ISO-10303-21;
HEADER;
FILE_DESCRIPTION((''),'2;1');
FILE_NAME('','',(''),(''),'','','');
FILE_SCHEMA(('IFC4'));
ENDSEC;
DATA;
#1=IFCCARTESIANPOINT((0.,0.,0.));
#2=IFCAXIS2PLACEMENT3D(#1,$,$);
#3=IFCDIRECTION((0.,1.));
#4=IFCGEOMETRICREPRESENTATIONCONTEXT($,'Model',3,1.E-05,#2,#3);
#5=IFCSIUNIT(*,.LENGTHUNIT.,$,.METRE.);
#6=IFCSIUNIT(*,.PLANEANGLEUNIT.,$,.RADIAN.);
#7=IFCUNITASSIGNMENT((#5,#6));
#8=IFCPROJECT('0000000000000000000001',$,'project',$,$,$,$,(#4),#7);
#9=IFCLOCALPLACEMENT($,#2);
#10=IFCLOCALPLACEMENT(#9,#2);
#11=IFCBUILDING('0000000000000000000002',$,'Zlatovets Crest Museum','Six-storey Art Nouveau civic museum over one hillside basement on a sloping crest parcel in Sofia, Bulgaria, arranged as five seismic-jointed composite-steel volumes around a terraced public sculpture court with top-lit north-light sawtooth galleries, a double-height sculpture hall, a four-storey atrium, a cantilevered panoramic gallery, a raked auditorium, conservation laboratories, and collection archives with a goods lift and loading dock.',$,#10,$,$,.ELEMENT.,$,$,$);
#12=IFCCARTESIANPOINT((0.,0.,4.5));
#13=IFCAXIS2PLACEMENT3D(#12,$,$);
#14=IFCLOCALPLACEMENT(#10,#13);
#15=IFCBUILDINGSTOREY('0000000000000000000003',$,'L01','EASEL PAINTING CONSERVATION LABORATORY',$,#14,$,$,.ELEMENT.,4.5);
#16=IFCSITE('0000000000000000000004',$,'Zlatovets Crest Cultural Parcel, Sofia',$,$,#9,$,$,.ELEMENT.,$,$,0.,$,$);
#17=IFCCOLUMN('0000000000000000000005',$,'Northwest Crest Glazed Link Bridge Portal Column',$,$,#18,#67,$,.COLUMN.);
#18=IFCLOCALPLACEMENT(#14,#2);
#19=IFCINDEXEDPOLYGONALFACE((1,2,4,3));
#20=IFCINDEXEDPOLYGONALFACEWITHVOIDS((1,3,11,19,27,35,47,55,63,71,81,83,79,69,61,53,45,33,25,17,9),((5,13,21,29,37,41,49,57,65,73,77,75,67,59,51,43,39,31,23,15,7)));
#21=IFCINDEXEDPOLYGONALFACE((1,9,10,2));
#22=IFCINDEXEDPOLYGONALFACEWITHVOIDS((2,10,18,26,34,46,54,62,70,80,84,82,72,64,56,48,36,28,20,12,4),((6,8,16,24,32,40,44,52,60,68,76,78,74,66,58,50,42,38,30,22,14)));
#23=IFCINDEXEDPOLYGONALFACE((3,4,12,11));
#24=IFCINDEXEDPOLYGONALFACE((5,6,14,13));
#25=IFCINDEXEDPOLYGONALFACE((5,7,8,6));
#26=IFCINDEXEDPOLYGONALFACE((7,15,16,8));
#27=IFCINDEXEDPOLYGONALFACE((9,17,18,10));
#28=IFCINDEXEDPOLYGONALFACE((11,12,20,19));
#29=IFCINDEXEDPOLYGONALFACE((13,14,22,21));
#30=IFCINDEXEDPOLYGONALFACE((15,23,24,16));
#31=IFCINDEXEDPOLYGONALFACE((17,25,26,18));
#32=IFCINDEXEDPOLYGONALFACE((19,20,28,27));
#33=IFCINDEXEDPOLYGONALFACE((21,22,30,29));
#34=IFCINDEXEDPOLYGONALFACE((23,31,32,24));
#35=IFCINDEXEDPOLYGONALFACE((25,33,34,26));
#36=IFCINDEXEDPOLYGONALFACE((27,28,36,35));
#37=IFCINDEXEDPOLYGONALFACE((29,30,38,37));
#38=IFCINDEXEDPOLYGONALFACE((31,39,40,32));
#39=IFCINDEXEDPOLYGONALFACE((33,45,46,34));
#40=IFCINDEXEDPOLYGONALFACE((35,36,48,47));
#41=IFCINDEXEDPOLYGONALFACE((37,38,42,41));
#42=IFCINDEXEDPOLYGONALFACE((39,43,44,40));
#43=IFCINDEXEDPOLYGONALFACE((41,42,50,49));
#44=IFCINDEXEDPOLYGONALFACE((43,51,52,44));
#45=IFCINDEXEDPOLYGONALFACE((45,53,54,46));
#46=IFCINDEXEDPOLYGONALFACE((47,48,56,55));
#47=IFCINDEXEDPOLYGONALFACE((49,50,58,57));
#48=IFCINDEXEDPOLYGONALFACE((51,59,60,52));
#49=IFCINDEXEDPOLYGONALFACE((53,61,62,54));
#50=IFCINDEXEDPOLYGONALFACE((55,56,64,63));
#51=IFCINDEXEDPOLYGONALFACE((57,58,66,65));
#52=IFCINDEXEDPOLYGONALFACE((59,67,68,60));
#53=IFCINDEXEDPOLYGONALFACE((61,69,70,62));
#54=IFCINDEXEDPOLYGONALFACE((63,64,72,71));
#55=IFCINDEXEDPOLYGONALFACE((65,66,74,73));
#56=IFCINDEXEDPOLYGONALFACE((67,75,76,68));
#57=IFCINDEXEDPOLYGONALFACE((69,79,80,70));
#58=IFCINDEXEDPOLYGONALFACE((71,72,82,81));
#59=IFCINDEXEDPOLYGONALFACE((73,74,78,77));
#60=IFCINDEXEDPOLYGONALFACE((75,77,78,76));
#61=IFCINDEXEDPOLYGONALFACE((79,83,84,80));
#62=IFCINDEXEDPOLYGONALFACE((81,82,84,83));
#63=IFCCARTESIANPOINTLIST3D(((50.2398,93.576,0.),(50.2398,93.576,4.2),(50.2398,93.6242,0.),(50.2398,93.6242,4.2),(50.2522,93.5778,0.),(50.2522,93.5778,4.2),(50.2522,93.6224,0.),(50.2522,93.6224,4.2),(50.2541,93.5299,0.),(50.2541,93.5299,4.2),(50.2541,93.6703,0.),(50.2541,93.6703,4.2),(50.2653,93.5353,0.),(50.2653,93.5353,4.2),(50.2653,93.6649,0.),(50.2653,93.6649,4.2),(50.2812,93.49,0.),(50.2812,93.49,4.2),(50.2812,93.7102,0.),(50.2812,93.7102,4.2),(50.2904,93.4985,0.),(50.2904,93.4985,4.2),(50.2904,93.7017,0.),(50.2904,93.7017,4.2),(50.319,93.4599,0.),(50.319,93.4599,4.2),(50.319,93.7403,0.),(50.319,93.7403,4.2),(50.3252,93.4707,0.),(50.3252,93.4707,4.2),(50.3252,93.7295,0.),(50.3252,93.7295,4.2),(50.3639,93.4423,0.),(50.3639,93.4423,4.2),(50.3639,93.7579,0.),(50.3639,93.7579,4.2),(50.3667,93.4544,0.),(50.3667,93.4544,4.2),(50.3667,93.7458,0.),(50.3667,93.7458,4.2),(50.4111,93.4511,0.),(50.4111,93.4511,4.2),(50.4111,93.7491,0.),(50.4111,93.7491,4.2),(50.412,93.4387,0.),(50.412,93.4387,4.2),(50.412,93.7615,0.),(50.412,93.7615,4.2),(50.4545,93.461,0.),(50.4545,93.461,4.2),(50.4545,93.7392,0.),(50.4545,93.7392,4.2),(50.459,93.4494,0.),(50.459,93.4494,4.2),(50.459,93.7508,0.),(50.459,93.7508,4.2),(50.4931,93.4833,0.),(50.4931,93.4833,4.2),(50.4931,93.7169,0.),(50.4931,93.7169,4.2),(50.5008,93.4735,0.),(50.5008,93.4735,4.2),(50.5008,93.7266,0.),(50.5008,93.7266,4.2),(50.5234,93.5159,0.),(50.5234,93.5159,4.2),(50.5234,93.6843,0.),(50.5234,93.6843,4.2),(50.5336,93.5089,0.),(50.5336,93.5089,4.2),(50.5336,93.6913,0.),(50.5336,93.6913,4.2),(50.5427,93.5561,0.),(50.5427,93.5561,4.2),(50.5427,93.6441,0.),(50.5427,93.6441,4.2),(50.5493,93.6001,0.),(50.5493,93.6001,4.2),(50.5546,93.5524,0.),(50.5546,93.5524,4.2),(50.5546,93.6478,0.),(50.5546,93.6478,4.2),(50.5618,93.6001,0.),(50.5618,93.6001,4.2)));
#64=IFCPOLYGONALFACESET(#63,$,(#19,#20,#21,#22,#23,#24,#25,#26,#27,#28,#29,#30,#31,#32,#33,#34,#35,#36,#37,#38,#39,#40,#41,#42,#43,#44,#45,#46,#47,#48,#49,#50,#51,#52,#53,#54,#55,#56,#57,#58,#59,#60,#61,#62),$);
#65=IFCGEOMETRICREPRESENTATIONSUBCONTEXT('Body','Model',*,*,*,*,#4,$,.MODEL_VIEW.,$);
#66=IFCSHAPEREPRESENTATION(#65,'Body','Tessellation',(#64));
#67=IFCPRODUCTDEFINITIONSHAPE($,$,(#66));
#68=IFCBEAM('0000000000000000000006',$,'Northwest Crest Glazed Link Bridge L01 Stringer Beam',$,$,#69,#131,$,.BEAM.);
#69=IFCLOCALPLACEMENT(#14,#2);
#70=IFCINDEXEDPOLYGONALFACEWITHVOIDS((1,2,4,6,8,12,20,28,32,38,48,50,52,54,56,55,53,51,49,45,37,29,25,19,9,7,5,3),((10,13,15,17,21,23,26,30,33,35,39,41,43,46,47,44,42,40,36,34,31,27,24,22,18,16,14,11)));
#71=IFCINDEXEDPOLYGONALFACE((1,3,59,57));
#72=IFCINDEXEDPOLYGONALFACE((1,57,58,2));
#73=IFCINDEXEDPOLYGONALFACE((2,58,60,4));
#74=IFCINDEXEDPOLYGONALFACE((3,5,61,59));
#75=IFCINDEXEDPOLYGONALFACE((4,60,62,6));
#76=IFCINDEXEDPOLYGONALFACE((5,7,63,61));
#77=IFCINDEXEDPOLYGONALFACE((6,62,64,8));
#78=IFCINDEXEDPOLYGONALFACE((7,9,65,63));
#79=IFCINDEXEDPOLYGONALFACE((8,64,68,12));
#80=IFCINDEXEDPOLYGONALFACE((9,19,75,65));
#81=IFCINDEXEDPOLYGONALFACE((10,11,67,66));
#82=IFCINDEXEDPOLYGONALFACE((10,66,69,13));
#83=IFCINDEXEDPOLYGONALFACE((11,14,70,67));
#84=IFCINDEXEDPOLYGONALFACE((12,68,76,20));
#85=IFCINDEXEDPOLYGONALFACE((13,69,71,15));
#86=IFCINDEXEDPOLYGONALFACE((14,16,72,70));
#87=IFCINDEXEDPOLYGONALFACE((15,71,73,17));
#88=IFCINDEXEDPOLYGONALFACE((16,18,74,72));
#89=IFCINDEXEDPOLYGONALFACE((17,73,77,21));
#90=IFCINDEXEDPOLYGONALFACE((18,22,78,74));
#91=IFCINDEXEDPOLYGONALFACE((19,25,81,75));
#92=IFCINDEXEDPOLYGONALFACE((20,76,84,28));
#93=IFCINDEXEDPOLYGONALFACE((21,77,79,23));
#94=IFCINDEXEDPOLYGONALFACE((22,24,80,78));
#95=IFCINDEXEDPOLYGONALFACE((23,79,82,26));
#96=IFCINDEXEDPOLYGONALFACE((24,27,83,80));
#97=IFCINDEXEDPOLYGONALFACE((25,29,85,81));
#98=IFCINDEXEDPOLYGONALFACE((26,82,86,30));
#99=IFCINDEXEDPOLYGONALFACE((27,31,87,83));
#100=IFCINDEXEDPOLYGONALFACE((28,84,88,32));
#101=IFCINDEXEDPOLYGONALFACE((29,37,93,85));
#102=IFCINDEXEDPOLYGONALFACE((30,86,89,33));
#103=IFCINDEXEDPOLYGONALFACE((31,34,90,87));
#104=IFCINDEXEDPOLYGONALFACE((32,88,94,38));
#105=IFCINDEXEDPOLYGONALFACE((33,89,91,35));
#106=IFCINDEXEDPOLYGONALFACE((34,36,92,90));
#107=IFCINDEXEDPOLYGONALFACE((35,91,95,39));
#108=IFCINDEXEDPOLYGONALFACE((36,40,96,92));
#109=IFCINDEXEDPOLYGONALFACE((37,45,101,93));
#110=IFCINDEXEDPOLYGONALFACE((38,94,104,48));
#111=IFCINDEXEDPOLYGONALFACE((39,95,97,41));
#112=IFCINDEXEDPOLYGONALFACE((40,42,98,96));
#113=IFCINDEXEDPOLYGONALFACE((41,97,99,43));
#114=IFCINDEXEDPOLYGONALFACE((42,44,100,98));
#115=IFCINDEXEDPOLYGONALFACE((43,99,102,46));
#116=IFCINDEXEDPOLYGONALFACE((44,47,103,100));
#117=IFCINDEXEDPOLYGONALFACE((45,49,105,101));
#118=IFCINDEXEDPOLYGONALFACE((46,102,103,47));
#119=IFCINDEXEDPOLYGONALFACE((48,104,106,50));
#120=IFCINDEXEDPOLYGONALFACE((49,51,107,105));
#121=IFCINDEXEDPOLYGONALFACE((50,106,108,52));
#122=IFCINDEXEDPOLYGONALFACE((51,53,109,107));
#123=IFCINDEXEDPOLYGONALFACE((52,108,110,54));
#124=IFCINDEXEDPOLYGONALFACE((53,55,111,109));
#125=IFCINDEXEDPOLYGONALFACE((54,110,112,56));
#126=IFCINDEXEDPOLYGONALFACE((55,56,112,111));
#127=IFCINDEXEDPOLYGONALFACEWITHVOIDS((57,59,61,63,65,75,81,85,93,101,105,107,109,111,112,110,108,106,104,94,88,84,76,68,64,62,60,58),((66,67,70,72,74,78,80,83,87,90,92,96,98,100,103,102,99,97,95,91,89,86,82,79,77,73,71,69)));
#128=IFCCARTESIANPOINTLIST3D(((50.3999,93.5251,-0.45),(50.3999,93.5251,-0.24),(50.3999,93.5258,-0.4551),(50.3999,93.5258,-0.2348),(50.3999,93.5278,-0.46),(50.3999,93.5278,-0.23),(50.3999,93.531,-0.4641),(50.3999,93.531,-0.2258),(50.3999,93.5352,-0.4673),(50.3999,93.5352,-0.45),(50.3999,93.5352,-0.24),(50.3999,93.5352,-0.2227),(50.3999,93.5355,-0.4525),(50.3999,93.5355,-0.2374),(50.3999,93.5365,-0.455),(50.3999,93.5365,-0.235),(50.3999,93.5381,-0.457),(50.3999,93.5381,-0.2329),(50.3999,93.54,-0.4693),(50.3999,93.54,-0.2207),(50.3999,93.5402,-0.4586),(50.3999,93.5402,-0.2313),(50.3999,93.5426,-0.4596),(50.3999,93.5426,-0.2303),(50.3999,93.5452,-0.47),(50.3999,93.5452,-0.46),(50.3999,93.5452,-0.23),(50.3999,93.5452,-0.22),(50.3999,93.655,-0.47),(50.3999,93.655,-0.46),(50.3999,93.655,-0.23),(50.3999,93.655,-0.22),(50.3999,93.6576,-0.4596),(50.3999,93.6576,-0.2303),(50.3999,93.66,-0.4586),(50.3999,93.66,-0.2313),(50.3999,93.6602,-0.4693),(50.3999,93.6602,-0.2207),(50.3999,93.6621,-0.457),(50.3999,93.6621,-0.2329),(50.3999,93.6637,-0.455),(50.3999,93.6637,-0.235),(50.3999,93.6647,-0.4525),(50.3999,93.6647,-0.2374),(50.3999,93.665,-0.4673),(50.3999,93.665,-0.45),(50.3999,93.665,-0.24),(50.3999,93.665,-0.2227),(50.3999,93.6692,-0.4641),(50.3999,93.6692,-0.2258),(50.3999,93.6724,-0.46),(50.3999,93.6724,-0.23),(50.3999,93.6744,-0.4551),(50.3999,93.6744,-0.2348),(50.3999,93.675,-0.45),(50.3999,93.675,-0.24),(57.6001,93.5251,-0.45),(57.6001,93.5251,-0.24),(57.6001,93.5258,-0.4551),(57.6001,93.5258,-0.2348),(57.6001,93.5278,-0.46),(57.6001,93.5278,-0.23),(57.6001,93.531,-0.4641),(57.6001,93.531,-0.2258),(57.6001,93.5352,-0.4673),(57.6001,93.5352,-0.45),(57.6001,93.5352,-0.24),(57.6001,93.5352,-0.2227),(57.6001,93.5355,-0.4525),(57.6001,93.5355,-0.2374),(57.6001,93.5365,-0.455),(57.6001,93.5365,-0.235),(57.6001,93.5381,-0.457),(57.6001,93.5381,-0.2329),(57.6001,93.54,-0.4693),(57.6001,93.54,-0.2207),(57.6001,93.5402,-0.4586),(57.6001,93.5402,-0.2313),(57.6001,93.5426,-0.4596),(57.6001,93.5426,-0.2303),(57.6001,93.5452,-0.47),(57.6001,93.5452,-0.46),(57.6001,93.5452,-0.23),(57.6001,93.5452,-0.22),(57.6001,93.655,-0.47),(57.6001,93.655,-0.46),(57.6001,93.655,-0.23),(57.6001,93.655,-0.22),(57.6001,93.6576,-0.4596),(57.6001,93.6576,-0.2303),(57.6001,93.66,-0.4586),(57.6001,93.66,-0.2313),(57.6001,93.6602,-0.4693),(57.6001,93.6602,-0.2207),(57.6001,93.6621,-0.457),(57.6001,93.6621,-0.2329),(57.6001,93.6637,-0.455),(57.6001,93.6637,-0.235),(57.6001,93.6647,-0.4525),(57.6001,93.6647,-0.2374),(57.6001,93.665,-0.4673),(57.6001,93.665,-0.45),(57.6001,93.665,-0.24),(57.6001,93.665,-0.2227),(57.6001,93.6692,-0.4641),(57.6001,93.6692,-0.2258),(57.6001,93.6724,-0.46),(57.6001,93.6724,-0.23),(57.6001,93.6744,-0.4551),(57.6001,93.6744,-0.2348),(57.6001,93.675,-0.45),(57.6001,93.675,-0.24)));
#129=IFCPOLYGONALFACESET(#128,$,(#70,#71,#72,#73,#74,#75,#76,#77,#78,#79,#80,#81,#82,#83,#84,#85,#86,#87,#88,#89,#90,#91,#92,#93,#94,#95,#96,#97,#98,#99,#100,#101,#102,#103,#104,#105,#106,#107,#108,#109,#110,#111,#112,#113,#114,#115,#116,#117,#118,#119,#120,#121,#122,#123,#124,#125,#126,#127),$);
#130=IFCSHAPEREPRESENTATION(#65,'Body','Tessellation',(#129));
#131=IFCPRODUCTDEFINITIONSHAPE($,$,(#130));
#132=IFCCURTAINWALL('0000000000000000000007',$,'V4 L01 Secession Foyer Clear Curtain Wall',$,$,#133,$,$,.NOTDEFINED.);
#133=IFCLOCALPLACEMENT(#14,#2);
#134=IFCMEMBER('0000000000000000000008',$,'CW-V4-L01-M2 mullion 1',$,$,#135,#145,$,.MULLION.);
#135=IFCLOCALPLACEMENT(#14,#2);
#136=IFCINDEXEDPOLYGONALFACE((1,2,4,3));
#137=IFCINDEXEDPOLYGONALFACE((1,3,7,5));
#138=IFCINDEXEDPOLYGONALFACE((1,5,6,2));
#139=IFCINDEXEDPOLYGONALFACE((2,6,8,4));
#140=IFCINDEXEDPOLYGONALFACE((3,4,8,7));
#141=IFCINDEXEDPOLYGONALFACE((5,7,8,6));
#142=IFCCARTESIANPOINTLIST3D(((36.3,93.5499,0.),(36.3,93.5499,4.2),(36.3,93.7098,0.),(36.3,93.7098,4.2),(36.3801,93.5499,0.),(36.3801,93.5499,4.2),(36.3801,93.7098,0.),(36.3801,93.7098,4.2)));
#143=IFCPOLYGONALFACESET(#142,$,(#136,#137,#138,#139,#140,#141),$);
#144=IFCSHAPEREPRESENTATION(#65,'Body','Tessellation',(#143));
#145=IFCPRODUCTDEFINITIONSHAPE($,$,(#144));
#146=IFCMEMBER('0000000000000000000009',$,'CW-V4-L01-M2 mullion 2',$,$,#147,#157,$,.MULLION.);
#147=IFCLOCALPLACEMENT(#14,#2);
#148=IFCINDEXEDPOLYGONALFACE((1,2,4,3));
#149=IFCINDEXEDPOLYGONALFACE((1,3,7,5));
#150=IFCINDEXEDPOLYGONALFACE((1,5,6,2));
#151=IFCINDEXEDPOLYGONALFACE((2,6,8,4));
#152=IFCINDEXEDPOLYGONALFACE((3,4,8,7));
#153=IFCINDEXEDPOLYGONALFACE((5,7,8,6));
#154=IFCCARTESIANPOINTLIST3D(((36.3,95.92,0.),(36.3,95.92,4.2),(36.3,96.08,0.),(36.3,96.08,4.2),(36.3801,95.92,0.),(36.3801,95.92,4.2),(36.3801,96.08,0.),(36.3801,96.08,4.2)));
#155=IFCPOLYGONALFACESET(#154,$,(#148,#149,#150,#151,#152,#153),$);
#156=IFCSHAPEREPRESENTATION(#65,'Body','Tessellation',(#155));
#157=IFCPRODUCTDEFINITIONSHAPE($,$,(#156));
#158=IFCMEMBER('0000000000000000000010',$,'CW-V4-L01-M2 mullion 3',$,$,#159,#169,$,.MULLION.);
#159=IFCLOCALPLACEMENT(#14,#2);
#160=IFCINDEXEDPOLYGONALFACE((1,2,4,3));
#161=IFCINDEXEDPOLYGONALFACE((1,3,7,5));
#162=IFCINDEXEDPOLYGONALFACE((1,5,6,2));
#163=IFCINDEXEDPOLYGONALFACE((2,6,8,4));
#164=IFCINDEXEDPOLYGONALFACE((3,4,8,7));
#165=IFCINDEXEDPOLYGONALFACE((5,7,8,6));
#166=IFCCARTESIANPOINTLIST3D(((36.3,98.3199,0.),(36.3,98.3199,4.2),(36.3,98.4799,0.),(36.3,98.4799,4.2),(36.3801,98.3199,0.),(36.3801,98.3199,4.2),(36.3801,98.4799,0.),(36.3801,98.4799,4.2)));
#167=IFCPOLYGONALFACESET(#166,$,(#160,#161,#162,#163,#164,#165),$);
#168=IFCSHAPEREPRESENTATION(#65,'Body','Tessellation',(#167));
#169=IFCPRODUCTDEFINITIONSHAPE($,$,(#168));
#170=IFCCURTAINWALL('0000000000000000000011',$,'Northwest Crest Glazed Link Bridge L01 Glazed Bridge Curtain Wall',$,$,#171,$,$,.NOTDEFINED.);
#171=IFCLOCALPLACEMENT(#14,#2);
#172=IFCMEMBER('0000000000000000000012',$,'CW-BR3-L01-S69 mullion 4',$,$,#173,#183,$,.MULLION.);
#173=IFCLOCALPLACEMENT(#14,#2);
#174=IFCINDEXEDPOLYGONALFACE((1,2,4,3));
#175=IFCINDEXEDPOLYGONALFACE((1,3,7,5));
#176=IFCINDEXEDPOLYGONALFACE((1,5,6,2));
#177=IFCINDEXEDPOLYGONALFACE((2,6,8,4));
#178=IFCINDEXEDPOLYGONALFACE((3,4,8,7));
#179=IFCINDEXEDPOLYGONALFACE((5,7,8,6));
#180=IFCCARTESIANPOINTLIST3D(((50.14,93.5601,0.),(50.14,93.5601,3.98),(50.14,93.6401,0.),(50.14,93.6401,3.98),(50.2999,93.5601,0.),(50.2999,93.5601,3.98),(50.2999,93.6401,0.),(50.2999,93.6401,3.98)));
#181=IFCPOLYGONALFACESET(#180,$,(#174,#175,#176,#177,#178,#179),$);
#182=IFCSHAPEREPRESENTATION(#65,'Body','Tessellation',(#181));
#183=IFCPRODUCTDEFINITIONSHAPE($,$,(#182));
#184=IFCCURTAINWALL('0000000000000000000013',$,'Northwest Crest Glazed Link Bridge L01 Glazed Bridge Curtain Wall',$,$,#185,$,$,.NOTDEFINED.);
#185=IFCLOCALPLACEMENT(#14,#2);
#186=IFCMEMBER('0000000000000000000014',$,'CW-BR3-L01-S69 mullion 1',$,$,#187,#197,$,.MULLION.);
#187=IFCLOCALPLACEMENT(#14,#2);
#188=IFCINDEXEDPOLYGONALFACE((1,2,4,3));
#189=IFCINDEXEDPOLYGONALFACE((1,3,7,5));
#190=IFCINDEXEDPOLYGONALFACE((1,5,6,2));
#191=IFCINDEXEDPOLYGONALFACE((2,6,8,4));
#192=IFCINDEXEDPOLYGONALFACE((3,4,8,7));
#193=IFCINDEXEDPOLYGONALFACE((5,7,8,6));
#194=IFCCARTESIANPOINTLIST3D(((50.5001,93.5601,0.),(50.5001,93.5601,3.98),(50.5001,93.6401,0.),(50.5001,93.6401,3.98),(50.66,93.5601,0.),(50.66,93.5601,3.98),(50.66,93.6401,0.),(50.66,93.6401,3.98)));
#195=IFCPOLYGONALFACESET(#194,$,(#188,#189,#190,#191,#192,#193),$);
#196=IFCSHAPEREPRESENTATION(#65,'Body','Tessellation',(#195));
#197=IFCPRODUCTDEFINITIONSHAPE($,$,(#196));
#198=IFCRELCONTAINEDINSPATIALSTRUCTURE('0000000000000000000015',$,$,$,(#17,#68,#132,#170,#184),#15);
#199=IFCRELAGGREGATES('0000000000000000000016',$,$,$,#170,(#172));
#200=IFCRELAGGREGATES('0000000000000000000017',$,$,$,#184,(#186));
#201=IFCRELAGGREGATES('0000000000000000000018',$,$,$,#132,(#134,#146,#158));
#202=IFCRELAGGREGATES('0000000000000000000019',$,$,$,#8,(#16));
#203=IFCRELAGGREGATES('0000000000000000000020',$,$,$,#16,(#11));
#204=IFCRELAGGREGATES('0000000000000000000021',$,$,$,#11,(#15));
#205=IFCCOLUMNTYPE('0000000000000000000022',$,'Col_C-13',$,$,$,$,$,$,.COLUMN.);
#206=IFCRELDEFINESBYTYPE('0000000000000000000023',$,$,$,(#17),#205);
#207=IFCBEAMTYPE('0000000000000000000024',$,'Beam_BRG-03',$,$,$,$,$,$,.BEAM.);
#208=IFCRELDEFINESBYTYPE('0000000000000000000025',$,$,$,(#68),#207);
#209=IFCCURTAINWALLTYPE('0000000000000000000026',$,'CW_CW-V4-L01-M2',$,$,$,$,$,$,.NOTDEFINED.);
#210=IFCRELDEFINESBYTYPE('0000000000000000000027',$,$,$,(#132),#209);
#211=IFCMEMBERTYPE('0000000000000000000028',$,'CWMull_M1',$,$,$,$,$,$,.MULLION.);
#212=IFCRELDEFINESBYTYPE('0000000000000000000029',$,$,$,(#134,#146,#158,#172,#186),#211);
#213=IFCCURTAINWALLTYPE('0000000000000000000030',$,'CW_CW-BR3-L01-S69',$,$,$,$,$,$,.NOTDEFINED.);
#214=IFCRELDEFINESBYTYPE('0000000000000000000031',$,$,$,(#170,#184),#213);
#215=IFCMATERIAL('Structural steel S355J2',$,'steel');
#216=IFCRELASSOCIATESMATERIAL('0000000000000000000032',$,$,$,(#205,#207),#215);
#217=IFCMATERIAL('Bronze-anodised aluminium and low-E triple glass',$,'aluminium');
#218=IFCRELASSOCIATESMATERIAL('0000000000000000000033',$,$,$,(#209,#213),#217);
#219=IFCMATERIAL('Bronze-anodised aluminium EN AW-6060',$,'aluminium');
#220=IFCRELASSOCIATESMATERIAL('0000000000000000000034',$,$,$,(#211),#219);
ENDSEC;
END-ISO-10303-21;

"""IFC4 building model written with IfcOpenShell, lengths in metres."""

from ifc_helpers import new_model, si_unit, direction, frame, origin, origin_2d, place, context, subcontext, project, spatial, rectangle, hollow_rectangle, hollow_circle, extrude, material, material_profile, profile_set, type_object, element, aggregate, save


model = new_model("IFC4")

# Units and contexts
model_context = context("Model", 3, precision=1e-05, world=origin(), true_north=direction((0.0, 1.0)))
body_context = subcontext(model_context, "Body", "Model", "MODEL_VIEW")
ifc_project = project(units=[si_unit("LENGTHUNIT", "METRE"), si_unit("PLANEANGLEUNIT", "RADIAN")], contexts=[model_context])

# Site, building, storey
site_placement = place(None, origin())
site = spatial("IfcSite", under=ifc_project, at=site_placement, Name="Zlatovets Crest Cultural Parcel, Sofia", CompositionType="ELEMENT", RefElevation=0.0)
building_placement = place(site_placement, origin())
building = spatial("IfcBuilding", under=site, at=building_placement, Name="Zlatovets Crest Museum", Description="Six-storey Art Nouveau civic museum over one hillside basement on a sloping crest parcel in Sofia, Bulgaria, arranged as five seismic-jointed composite-steel volumes around a terraced public sculpture court with top-lit north-light sawtooth galleries, a double-height sculpture hall, a four-storey atrium, a cantilevered panoramic gallery, a raked auditorium, conservation laboratories, and collection archives with a goods lift and loading dock.", CompositionType="ELEMENT")
storey_placement = place(building_placement, frame((0.0, 0.0, 4.5)))
storey = spatial("IfcBuildingStorey", under=building, at=storey_placement, Name="L01", Description="EASEL PAINTING CONSERVATION LABORATORY", CompositionType="ELEMENT", Elevation=4.5)

# Column
ifc_material_1 = material(Name="Structural steel S355J2", Category="steel")
ifc_material_profile_1 = material_profile(ifc_material_1, hollow_circle(Radius=0.1619, WallThickness=0.0125, at=origin_2d()), Name="CHS 323.9x12.5")
ifc_profile_set_1 = profile_set([ifc_material_profile_1], Name="Structural steel S355J2")
column_type = type_object("IfcColumnType", Name="Col_C-13", PredefinedType="COLUMN", material=ifc_profile_set_1)
column_placement = place(storey_placement, frame((50.3999, 93.6001, 0.0), z_axis=(0.0, 0.0, 1.0), x_axis=(1.0, 0.0, 0.0)))
element("IfcColumn", 1, at=column_placement, inside=storey, type_object=column_type, Name="Northwest Crest Glazed Link Bridge Portal Column", PredefinedType="COLUMN", context=body_context, shape_type="SweptSolid", body=[
    extrude(hollow_circle(Radius=0.1619, WallThickness=0.0125, at=origin_2d()), origin(), (0.0, 0.0, 1.0), 4.2),
])

# Beam
ifc_material_profile_2 = material_profile(ifc_material_1, hollow_rectangle(XDim=0.1499, YDim=0.25, WallThickness=0.01, InnerFilletRadius=0.01, OuterFilletRadius=0.02, at=origin_2d()), Name="RHS 150x250x10.0")
ifc_profile_set_2 = profile_set([ifc_material_profile_2], Name="Structural steel S355J2")
beam_type = type_object("IfcBeamType", Name="Beam_BRG-03", PredefinedType="BEAM", material=ifc_profile_set_2)
beam_placement = place(storey_placement, frame((50.3999, 93.6001, -0.345), z_axis=(1.0, 0.0, 0.0), x_axis=(0.0, 1.0, 0.0)))
element("IfcBeam", 2, at=beam_placement, inside=storey, type_object=beam_type, Name="Northwest Crest Glazed Link Bridge L01 Stringer Beam", PredefinedType="BEAM", context=body_context, shape_type="SweptSolid", body=[
    extrude(hollow_rectangle(XDim=0.1499, YDim=0.25, WallThickness=0.01, InnerFilletRadius=0.01, OuterFilletRadius=0.02, at=origin_2d()), origin(), (0.0, 0.0, 1.0), 7.2002),
])

# Curtain wall, members
ifc_material_2 = material(Name="Bronze-anodised aluminium and low-E triple glass", Category="aluminium")
curtain_wall_type_1 = type_object("IfcCurtainWallType", Name="CW_CW-V4-L01-M2", PredefinedType="NOTDEFINED", material=ifc_material_2)
curtain_wall_1_placement = place(storey_placement, origin())
curtain_wall_1 = element("IfcCurtainWall", 3, at=curtain_wall_1_placement, inside=storey, type_object=curtain_wall_type_1, Name="V4 L01 Secession Foyer Clear Curtain Wall", PredefinedType="NOTDEFINED")
ifc_material_3 = material(Name="Bronze-anodised aluminium EN AW-6060", Category="aluminium")
ifc_material_profile_3 = material_profile(ifc_material_3, rectangle(XDim=0.0801, YDim=0.1599, at=origin_2d()), Name="ALU 80x160")
ifc_profile_set_3 = profile_set([ifc_material_profile_3], Name="Bronze-anodised aluminium EN AW-6060")
member_type_1 = type_object("IfcMemberType", Name="CWMull_M1", PredefinedType="MULLION", material=ifc_profile_set_3)
member_1_placement = place(storey_placement, frame((36.3401, 93.6299, 0.0), z_axis=(0.0, 0.0, 1.0), x_axis=(-1.0, 0.0, 0.0)))
member_1 = element("IfcMember", 4, at=member_1_placement, type_object=member_type_1, Name="CW-V4-L01-M2 mullion 1", PredefinedType="MULLION", context=body_context, shape_type="SweptSolid", body=[
    extrude(rectangle(XDim=0.0801, YDim=0.1599, at=origin_2d()), origin(), (0.0, 0.0, 1.0), 4.2),
])
member_2_placement = place(storey_placement, frame((36.3401, 96.0, 0.0), z_axis=(0.0, 0.0, 1.0), x_axis=(-1.0, 0.0, 0.0)))
member_2 = element("IfcMember", 5, at=member_2_placement, type_object=member_type_1, Name="CW-V4-L01-M2 mullion 2", PredefinedType="MULLION", context=body_context, shape_type="SweptSolid", body=[
    extrude(rectangle(XDim=0.0801, YDim=0.1599, at=origin_2d()), origin(), (0.0, 0.0, 1.0), 4.2),
])
member_3_placement = place(storey_placement, frame((36.3401, 98.3999, 0.0), z_axis=(0.0, 0.0, 1.0), x_axis=(-1.0, 0.0, 0.0)))
member_3 = element("IfcMember", 6, at=member_3_placement, type_object=member_type_1, Name="CW-V4-L01-M2 mullion 3", PredefinedType="MULLION", context=body_context, shape_type="SweptSolid", body=[
    extrude(rectangle(XDim=0.0801, YDim=0.1599, at=origin_2d()), origin(), (0.0, 0.0, 1.0), 4.2),
])

# Curtain wall, member
curtain_wall_type_2 = type_object("IfcCurtainWallType", Name="CW_CW-BR3-L01-S69", PredefinedType="NOTDEFINED", material=ifc_material_2)
curtain_wall_2_placement = place(storey_placement, origin())
curtain_wall_2 = element("IfcCurtainWall", 7, at=curtain_wall_2_placement, inside=storey, type_object=curtain_wall_type_2, Name="Northwest Crest Glazed Link Bridge L01 Glazed Bridge Curtain Wall", PredefinedType="NOTDEFINED")
member_4_placement = place(storey_placement, frame((50.22, 93.6001, 0.0), z_axis=(0.0, 0.0, 1.0), x_axis=(0.0, 1.0, 0.0)))
member_4 = element("IfcMember", 8, at=member_4_placement, type_object=member_type_1, Name="CW-BR3-L01-S69 mullion 4", PredefinedType="MULLION", context=body_context, shape_type="SweptSolid", body=[
    extrude(rectangle(XDim=0.0801, YDim=0.1599, at=origin_2d()), origin(), (0.0, 0.0, 1.0), 3.98),
])

# Curtain wall, member
curtain_wall_3_placement = place(storey_placement, origin())
curtain_wall_3 = element("IfcCurtainWall", 9, at=curtain_wall_3_placement, inside=storey, type_object=curtain_wall_type_2, Name="Northwest Crest Glazed Link Bridge L01 Glazed Bridge Curtain Wall", PredefinedType="NOTDEFINED")
member_5_placement = place(storey_placement, frame((50.5801, 93.6001, 0.0), z_axis=(0.0, 0.0, 1.0), x_axis=(0.0, 1.0, 0.0)))
member_5 = element("IfcMember", 10, at=member_5_placement, type_object=member_type_1, Name="CW-BR3-L01-S69 mullion 1", PredefinedType="MULLION", context=body_context, shape_type="SweptSolid", body=[
    extrude(rectangle(XDim=0.0801, YDim=0.1599, at=origin_2d()), origin(), (0.0, 0.0, 1.0), 3.98),
])

aggregate(curtain_wall_2, [member_4])
aggregate(curtain_wall_3, [member_5])
aggregate(curtain_wall_1, [member_1, member_2, member_3])

save(model, "model.ifc")
